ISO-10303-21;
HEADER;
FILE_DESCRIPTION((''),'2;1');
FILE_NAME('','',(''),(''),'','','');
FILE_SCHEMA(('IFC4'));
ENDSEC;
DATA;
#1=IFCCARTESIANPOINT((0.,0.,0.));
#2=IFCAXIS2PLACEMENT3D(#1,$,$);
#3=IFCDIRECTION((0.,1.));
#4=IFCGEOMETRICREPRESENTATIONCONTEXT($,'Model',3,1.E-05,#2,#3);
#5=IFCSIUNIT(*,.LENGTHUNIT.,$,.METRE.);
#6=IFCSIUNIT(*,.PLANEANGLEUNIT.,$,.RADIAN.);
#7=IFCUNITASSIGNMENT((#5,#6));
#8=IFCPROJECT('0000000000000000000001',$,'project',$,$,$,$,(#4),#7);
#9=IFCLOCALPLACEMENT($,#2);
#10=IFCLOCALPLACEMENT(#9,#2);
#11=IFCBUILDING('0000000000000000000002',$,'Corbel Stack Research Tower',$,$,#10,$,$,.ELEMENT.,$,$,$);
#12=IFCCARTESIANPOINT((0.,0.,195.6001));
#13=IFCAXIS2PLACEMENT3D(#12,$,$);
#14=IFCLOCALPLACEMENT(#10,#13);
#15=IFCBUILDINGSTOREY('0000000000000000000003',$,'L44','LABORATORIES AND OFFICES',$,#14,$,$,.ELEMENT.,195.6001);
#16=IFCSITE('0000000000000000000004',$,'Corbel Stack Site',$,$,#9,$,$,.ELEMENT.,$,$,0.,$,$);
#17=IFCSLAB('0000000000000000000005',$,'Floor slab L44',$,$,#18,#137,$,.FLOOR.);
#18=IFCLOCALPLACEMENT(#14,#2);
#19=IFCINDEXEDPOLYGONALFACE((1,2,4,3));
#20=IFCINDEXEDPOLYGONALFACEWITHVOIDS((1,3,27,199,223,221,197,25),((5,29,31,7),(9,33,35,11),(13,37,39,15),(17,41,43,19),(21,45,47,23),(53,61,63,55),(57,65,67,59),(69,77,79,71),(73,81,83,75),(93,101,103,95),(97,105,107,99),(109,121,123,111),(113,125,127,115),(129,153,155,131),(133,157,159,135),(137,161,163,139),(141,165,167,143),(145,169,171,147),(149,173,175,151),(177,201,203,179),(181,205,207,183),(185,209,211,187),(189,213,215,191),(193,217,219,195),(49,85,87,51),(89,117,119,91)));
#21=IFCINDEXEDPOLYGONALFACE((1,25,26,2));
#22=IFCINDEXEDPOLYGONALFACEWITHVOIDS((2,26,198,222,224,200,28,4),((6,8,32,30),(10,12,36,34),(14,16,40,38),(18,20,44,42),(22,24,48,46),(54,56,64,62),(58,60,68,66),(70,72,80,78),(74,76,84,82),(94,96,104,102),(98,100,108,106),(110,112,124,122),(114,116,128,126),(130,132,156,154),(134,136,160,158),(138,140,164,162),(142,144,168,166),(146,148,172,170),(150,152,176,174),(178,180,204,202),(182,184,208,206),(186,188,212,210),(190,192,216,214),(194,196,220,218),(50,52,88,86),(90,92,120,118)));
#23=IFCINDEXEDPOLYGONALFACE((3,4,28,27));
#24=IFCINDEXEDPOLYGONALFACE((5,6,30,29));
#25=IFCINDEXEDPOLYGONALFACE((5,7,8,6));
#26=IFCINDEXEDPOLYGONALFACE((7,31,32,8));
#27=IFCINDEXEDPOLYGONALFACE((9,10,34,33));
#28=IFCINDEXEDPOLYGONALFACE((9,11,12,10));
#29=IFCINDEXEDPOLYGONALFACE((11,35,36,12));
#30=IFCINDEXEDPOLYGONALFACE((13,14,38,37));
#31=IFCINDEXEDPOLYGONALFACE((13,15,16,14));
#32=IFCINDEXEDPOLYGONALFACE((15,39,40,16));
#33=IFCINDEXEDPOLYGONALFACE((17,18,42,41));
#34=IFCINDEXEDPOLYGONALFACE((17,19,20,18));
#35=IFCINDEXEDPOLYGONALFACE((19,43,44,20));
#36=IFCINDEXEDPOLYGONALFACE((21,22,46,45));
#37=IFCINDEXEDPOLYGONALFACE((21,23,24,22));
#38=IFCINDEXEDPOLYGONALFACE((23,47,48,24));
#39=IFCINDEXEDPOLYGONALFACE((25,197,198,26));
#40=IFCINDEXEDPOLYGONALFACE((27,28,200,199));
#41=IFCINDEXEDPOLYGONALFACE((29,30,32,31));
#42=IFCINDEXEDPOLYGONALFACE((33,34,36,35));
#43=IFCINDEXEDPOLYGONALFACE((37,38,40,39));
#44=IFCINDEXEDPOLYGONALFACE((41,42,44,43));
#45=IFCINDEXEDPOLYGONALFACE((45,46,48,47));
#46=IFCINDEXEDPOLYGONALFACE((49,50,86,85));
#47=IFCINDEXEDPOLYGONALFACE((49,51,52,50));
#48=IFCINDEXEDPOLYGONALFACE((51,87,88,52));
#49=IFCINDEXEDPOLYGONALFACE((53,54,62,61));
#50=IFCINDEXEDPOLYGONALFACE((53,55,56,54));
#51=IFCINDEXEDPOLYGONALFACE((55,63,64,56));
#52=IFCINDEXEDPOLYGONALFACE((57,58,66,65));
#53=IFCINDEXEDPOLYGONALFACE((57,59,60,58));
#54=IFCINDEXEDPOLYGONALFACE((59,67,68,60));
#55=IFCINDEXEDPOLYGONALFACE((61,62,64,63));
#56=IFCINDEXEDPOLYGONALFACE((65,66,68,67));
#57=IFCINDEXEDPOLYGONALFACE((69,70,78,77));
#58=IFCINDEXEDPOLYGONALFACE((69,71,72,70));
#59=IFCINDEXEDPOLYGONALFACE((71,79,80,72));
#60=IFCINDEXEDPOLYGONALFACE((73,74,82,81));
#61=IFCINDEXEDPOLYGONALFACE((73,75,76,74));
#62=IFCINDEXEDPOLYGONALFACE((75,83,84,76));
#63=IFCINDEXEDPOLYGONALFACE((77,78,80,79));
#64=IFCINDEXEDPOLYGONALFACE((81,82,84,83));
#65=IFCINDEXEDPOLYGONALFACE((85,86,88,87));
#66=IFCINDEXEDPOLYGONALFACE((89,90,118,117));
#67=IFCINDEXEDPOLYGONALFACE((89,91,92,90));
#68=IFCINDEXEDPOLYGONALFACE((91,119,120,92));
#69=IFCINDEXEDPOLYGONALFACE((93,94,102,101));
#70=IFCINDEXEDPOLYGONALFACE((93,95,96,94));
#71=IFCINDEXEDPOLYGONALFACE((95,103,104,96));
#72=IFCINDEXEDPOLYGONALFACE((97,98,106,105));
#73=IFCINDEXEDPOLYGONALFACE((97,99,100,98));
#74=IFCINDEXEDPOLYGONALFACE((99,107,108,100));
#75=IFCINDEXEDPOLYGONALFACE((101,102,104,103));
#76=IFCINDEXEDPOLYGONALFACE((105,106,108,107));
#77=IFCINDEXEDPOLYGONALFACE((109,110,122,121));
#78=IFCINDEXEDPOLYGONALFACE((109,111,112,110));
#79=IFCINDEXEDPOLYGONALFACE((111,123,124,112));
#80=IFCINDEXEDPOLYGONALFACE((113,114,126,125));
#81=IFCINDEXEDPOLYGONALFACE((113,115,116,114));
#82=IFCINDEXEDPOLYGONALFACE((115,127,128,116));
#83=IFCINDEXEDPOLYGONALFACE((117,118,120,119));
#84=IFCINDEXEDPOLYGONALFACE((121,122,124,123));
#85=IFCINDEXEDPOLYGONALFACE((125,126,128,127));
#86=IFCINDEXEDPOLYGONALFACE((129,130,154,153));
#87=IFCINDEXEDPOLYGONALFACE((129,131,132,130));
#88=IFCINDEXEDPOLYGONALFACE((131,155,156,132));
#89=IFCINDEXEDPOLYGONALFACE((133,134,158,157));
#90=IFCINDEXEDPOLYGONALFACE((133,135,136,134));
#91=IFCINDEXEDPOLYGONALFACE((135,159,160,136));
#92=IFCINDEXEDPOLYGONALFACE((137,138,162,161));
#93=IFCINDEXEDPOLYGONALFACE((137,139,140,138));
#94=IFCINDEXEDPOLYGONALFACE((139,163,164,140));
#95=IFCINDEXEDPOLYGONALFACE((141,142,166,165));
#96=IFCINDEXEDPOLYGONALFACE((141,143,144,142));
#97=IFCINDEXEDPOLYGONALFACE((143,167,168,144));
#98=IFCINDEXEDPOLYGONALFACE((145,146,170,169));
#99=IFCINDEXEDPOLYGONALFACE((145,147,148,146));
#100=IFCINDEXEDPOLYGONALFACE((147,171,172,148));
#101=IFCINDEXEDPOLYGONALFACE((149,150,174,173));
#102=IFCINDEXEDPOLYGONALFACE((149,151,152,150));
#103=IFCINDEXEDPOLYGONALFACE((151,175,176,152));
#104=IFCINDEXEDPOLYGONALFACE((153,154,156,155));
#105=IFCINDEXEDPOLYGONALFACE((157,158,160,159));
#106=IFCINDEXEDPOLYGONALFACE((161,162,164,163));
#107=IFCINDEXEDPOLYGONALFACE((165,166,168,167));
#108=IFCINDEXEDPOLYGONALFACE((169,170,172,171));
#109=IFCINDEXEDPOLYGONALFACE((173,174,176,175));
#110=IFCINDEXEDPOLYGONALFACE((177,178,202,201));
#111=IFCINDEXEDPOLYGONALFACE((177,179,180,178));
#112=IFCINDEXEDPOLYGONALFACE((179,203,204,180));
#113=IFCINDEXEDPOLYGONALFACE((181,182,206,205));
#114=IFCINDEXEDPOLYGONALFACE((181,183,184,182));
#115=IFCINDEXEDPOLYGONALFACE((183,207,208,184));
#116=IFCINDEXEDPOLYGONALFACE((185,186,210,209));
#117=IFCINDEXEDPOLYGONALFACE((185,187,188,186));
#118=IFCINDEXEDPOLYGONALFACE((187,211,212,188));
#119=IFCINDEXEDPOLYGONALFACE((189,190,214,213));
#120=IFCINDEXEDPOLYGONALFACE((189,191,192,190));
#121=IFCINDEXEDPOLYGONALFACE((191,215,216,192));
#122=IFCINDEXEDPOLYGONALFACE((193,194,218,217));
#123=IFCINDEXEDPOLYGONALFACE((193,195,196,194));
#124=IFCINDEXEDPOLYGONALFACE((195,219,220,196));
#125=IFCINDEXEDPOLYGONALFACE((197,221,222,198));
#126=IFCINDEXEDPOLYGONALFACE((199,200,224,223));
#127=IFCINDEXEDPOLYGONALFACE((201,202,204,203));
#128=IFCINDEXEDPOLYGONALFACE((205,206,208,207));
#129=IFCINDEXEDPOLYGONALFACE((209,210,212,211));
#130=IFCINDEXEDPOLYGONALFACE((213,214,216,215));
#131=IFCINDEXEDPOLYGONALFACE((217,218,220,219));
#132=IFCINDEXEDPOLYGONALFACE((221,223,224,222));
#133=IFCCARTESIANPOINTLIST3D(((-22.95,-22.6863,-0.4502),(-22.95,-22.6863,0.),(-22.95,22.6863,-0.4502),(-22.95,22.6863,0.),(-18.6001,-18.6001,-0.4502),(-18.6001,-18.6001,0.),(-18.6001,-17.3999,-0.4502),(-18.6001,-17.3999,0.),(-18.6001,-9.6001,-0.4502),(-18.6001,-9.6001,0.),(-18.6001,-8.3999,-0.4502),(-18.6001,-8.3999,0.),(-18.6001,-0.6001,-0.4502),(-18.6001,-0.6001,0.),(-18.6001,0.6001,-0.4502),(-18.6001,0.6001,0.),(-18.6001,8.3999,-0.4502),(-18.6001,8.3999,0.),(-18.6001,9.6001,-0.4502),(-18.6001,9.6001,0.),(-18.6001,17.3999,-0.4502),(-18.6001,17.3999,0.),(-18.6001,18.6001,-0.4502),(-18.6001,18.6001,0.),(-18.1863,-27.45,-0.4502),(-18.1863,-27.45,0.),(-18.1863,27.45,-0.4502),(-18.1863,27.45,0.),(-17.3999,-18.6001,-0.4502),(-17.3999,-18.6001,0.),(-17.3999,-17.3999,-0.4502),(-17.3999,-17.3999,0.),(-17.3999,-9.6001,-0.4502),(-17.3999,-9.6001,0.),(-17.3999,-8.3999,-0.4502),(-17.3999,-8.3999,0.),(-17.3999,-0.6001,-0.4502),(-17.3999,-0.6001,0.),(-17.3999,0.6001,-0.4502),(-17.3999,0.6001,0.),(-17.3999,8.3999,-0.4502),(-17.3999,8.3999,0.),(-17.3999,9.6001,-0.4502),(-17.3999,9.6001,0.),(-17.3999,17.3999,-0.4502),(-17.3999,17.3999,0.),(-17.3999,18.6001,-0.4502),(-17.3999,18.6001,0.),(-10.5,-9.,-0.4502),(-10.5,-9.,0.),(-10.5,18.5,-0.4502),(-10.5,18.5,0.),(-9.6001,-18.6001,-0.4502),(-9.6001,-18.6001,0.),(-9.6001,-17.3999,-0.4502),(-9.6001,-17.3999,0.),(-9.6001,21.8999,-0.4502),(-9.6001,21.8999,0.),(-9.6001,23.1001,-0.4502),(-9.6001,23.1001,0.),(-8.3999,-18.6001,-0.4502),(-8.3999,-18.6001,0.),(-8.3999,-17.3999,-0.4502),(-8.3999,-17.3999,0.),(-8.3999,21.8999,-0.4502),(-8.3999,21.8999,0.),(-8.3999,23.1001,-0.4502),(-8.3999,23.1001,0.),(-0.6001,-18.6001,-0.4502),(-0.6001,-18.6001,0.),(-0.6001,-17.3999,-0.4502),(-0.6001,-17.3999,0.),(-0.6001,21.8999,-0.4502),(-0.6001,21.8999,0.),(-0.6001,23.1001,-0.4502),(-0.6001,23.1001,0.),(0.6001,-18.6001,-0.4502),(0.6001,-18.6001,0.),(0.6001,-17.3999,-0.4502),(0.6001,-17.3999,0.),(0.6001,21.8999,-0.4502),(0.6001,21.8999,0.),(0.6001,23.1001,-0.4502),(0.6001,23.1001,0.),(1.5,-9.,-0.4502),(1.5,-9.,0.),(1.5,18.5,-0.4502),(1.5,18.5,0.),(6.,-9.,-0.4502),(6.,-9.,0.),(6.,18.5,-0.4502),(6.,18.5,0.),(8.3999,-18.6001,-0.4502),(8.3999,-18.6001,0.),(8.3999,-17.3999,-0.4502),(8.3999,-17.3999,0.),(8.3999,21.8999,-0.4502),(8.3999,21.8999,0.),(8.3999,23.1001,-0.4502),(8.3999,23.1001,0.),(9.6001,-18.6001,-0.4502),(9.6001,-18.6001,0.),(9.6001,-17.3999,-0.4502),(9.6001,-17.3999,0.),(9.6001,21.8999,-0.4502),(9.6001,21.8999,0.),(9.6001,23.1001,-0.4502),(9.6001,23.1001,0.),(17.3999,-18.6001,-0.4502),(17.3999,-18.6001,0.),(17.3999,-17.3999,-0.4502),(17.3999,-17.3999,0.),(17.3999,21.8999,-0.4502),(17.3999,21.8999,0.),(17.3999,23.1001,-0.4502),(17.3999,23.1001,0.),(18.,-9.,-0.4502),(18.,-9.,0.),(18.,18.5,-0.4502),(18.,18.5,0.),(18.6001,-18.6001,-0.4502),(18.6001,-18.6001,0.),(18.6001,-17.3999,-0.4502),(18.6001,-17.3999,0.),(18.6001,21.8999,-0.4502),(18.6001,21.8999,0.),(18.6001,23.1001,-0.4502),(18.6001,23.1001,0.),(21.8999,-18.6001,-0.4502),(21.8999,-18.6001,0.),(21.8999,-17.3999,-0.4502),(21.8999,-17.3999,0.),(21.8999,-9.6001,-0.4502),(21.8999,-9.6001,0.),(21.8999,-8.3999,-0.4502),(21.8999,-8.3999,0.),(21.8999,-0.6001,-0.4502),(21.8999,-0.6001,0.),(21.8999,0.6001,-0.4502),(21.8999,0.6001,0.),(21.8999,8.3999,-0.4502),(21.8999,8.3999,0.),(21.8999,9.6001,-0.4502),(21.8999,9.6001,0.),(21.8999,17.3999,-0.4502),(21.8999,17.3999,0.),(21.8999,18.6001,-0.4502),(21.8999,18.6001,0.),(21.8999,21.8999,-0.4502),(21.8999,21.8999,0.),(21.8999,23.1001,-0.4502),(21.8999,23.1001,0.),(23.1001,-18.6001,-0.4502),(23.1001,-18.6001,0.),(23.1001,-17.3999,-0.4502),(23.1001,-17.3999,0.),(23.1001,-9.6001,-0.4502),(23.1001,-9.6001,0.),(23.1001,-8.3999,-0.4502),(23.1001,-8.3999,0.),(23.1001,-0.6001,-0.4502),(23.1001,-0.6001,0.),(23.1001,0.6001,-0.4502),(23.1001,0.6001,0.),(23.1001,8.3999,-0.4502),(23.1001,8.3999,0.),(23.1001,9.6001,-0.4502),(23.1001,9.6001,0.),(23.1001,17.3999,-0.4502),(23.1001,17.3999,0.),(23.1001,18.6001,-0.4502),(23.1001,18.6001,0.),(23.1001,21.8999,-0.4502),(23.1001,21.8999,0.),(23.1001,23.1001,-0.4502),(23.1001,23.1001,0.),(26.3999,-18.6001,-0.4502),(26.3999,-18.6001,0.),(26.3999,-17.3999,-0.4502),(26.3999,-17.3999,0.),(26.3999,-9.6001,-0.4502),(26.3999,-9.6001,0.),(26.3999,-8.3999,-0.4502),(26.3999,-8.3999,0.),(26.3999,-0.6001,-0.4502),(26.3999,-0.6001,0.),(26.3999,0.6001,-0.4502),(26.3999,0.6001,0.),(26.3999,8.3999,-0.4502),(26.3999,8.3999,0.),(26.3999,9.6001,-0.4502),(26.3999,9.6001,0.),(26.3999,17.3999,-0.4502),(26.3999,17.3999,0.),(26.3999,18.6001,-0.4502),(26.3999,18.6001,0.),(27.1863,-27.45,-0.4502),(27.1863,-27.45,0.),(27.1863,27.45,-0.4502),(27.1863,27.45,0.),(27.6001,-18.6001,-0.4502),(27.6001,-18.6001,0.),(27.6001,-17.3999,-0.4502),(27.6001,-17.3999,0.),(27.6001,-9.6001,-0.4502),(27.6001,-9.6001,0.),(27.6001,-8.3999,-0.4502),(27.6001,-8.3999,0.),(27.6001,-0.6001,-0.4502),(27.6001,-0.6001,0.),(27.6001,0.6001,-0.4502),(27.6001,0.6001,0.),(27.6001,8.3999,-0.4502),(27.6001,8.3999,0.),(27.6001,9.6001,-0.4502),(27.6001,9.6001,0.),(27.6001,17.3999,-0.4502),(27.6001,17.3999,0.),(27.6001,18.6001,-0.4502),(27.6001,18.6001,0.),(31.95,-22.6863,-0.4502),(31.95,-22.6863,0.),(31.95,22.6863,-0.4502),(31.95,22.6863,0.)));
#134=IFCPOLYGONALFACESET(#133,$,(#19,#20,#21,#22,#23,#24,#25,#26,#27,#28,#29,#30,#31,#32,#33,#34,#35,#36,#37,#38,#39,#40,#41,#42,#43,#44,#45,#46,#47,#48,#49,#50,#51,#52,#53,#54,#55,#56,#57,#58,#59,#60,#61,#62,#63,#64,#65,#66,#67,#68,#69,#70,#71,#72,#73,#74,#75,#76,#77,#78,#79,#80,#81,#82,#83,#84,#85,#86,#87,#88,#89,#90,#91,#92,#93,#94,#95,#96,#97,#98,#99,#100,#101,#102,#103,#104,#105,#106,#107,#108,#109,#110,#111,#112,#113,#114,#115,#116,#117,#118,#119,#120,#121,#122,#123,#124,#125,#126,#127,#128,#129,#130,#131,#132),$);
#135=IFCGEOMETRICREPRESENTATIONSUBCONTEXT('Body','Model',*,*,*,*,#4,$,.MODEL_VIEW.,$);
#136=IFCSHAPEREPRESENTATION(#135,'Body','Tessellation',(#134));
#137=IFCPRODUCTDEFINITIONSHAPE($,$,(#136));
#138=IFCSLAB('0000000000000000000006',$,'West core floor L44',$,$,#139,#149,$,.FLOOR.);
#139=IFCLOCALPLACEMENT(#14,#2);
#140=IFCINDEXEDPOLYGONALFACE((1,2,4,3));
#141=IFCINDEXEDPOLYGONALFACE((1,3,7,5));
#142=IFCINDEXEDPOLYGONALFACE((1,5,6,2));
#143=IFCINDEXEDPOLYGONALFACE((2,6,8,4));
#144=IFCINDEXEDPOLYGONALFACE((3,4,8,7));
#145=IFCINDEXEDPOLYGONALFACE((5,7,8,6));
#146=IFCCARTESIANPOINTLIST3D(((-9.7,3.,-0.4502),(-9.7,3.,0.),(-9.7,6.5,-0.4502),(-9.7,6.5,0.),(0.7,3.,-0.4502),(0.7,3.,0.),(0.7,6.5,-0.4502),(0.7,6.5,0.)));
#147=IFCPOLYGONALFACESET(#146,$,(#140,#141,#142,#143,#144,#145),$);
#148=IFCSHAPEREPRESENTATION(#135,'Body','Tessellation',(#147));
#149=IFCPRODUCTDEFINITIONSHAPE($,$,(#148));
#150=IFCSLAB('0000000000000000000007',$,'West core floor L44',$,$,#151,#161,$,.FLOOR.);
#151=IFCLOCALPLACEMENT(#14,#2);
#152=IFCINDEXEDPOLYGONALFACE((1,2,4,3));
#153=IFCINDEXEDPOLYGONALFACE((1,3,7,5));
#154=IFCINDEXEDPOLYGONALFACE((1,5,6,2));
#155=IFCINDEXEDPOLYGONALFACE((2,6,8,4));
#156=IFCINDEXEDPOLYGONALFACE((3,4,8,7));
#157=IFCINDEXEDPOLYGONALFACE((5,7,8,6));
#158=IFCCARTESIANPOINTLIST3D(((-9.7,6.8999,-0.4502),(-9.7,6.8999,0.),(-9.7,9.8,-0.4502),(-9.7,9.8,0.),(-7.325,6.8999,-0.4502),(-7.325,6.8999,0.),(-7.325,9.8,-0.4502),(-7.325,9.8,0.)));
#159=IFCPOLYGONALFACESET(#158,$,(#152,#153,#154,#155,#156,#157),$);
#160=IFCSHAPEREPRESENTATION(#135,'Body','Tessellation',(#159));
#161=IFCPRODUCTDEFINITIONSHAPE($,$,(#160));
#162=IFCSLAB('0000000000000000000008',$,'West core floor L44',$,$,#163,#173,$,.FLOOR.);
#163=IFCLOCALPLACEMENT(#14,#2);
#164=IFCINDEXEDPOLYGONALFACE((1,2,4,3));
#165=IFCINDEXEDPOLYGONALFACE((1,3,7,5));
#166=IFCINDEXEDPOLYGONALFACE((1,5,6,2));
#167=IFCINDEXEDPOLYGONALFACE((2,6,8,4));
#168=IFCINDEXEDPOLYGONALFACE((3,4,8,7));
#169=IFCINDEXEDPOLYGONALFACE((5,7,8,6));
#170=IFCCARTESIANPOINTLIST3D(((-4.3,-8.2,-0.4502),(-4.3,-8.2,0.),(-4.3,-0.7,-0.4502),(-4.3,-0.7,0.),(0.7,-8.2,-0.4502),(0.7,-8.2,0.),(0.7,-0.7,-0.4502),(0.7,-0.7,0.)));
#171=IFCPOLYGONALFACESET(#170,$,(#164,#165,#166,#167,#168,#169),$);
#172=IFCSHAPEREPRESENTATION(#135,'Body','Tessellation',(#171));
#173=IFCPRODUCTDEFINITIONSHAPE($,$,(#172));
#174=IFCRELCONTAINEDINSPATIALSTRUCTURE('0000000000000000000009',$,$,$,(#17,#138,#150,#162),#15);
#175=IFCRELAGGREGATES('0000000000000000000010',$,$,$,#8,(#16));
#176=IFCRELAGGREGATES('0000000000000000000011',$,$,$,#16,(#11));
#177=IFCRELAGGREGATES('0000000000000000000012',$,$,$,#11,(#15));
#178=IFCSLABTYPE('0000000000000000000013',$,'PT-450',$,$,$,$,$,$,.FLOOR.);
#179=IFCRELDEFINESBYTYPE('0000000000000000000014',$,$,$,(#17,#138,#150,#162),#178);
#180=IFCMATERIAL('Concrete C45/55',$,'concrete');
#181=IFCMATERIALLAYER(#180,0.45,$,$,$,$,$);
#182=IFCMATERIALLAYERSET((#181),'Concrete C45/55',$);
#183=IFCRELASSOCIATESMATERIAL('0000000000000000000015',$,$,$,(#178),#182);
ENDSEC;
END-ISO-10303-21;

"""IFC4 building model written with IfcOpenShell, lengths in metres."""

from ifc_helpers import new_model, si_unit, direction, frame, origin, place, context, subcontext, project, spatial, polyline, outline, extrude, material, layer, layer_set, type_object, element, save


model = new_model("IFC4")

# Units and contexts
model_context = context("Model", 3, precision=1e-05, world=origin(), true_north=direction((0.0, 1.0)))
body_context = subcontext(model_context, "Body", "Model", "MODEL_VIEW")
ifc_project = project(units=[si_unit("LENGTHUNIT", "METRE"), si_unit("PLANEANGLEUNIT", "RADIAN")], contexts=[model_context])

# Site, building, storey
site_placement = place(None, origin())
site = spatial("IfcSite", under=ifc_project, at=site_placement, Name="Corbel Stack Site", CompositionType="ELEMENT", RefElevation=0.0)
building_placement = place(site_placement, origin())
building = spatial("IfcBuilding", under=site, at=building_placement, Name="Corbel Stack Research Tower", CompositionType="ELEMENT")
storey_placement = place(building_placement, frame((0.0, 0.0, 195.6001)))
storey = spatial("IfcBuildingStorey", under=building, at=storey_placement, Name="L44", Description="LABORATORIES AND OFFICES", CompositionType="ELEMENT", Elevation=195.6001)

# Slabs
ifc_material_1 = material(Name="Concrete C45/55", Category="concrete")
ifc_layer_1 = layer(ifc_material_1, 0.45)
ifc_layer_set_1 = layer_set([ifc_layer_1], Name="Concrete C45/55")
slab_type = type_object("IfcSlabType", Name="PT-450", PredefinedType="FLOOR", material=ifc_layer_set_1)
slab_1_placement = place(storey_placement, frame((0.0, 0.0, -0.4502)))
element("IfcSlab", 1, at=slab_1_placement, inside=storey, type_object=slab_type, Name="Floor slab L44", PredefinedType="FLOOR", context=body_context, shape_type="SweptSolid", body=[
    extrude(outline(polyline([(-18.1863, -27.45), (27.1863, -27.45), (31.95, -22.6863), (31.95, 22.6863), (27.1863, 27.45), (-18.1863, 27.45), (-22.95, 22.6863), (-22.95, -22.6863), (-18.1863, -27.45)]), holes=[polyline([(26.3999, 17.3999), (26.3999, 18.6001), (27.6001, 18.6001), (27.6001, 17.3999), (26.3999, 17.3999)]), polyline([(26.3999, 8.3999), (26.3999, 9.6001), (27.6001, 9.6001), (27.6001, 8.3999), (26.3999, 8.3999)]), polyline([(27.6001, -0.6001), (26.3999, -0.6001), (26.3999, 0.6001), (27.6001, 0.6001), (27.6001, -0.6001)]), polyline([(26.3999, -9.6001), (26.3999, -8.3999), (27.6001, -8.3999), (27.6001, -9.6001), (26.3999, -9.6001)]), polyline([(26.3999, -18.6001), (26.3999, -17.3999), (27.6001, -17.3999), (27.6001, -18.6001), (26.3999, -18.6001)]), polyline([(21.8999, 21.8999), (21.8999, 23.1001), (23.1001, 23.1001), (23.1001, 21.8999), (21.8999, 21.8999)]), polyline([(21.8999, 17.3999), (21.8999, 18.6001), (23.1001, 18.6001), (23.1001, 17.3999), (21.8999, 17.3999)]), polyline([(21.8999, 8.3999), (21.8999, 9.6001), (23.1001, 9.6001), (23.1001, 8.3999), (21.8999, 8.3999)]), polyline([(21.8999, -0.6001), (21.8999, 0.6001), (23.1001, 0.6001), (23.1001, -0.6001), (21.8999, -0.6001)]), polyline([(23.1001, -9.6001), (21.8999, -9.6001), (21.8999, -8.3999), (23.1001, -8.3999), (23.1001, -9.6001)]), polyline([(21.8999, -18.6001), (21.8999, -17.3999), (23.1001, -17.3999), (23.1001, -18.6001), (21.8999, -18.6001)]), polyline([(17.3999, 21.8999), (17.3999, 23.1001), (18.6001, 23.1001), (18.6001, 21.8999), (17.3999, 21.8999)]), polyline([(18.6001, -18.6001), (17.3999, -18.6001), (17.3999, -17.3999), (18.6001, -17.3999), (18.6001, -18.6001)]), polyline([(6.0, -9.0), (6.0, 18.5), (18.0, 18.5), (18.0, -9.0), (6.0, -9.0)]), polyline([(8.3999, 21.8999), (8.3999, 23.1001), (9.6001, 23.1001), (9.6001, 21.8999), (8.3999, 21.8999)]), polyline([(9.6001, -18.6001), (8.3999, -18.6001), (8.3999, -17.3999), (9.6001, -17.3999), (9.6001, -18.6001)]), polyline([(1.5, -9.0), (-10.5, -9.0), (-10.5, 18.5), (1.5, 18.5), (1.5, -9.0)]), polyline([(-0.6001, 21.8999), (-0.6001, 23.1001), (0.6001, 23.1001), (0.6001, 21.8999), (-0.6001, 21.8999)]), polyline([(-0.6001, -18.6001), (-0.6001, -17.3999), (0.6001, -17.3999), (0.6001, -18.6001), (-0.6001, -18.6001)]), polyline([(-9.6001, 21.8999), (-9.6001, 23.1001), (-8.3999, 23.1001), (-8.3999, 21.8999), (-9.6001, 21.8999)]), polyline([(-9.6001, -18.6001), (-9.6001, -17.3999), (-8.3999, -17.3999), (-8.3999, -18.6001), (-9.6001, -18.6001)]), polyline([(-18.6001, 17.3999), (-18.6001, 18.6001), (-17.3999, 18.6001), (-17.3999, 17.3999), (-18.6001, 17.3999)]), polyline([(-18.6001, 8.3999), (-18.6001, 9.6001), (-17.3999, 9.6001), (-17.3999, 8.3999), (-18.6001, 8.3999)]), polyline([(-18.6001, -0.6001), (-18.6001, 0.6001), (-17.3999, 0.6001), (-17.3999, -0.6001), (-18.6001, -0.6001)]), polyline([(-18.6001, -9.6001), (-18.6001, -8.3999), (-17.3999, -8.3999), (-17.3999, -9.6001), (-18.6001, -9.6001)]), polyline([(-17.3999, -18.6001), (-18.6001, -18.6001), (-18.6001, -17.3999), (-17.3999, -17.3999), (-17.3999, -18.6001)])]), origin(), (0.0, 0.0, 1.0), 0.4502),
])
slab_2_placement = place(storey_placement, frame((0.0, 0.0, -0.4502)))
element("IfcSlab", 2, at=slab_2_placement, inside=storey, type_object=slab_type, Name="West core floor L44", PredefinedType="FLOOR", context=body_context, shape_type="SweptSolid", body=[
    extrude(outline(polyline([(0.7, 6.5), (-9.7, 6.5), (-9.7, 3.0), (0.7, 3.0), (0.7, 6.5)])), origin(), (0.0, 0.0, 1.0), 0.4502),
])
slab_3_placement = place(storey_placement, frame((0.0, 0.0, -0.4502)))
element("IfcSlab", 3, at=slab_3_placement, inside=storey, type_object=slab_type, Name="West core floor L44", PredefinedType="FLOOR", context=body_context, shape_type="SweptSolid", body=[
    extrude(outline(polyline([(-9.7, 6.8999), (-7.325, 6.8999), (-7.325, 9.8), (-9.7, 9.8), (-9.7, 6.8999)])), origin(), (0.0, 0.0, 1.0), 0.4502),
])
slab_4_placement = place(storey_placement, frame((0.0, 0.0, -0.4502)))
element("IfcSlab", 4, at=slab_4_placement, inside=storey, type_object=slab_type, Name="West core floor L44", PredefinedType="FLOOR", context=body_context, shape_type="SweptSolid", body=[
    extrude(outline(polyline([(-4.3, -0.7), (-4.3, -8.2), (0.7, -8.2), (0.7, -0.7), (-4.3, -0.7)])), origin(), (0.0, 0.0, 1.0), 0.4502),
])

save(model, "model.ifc")
